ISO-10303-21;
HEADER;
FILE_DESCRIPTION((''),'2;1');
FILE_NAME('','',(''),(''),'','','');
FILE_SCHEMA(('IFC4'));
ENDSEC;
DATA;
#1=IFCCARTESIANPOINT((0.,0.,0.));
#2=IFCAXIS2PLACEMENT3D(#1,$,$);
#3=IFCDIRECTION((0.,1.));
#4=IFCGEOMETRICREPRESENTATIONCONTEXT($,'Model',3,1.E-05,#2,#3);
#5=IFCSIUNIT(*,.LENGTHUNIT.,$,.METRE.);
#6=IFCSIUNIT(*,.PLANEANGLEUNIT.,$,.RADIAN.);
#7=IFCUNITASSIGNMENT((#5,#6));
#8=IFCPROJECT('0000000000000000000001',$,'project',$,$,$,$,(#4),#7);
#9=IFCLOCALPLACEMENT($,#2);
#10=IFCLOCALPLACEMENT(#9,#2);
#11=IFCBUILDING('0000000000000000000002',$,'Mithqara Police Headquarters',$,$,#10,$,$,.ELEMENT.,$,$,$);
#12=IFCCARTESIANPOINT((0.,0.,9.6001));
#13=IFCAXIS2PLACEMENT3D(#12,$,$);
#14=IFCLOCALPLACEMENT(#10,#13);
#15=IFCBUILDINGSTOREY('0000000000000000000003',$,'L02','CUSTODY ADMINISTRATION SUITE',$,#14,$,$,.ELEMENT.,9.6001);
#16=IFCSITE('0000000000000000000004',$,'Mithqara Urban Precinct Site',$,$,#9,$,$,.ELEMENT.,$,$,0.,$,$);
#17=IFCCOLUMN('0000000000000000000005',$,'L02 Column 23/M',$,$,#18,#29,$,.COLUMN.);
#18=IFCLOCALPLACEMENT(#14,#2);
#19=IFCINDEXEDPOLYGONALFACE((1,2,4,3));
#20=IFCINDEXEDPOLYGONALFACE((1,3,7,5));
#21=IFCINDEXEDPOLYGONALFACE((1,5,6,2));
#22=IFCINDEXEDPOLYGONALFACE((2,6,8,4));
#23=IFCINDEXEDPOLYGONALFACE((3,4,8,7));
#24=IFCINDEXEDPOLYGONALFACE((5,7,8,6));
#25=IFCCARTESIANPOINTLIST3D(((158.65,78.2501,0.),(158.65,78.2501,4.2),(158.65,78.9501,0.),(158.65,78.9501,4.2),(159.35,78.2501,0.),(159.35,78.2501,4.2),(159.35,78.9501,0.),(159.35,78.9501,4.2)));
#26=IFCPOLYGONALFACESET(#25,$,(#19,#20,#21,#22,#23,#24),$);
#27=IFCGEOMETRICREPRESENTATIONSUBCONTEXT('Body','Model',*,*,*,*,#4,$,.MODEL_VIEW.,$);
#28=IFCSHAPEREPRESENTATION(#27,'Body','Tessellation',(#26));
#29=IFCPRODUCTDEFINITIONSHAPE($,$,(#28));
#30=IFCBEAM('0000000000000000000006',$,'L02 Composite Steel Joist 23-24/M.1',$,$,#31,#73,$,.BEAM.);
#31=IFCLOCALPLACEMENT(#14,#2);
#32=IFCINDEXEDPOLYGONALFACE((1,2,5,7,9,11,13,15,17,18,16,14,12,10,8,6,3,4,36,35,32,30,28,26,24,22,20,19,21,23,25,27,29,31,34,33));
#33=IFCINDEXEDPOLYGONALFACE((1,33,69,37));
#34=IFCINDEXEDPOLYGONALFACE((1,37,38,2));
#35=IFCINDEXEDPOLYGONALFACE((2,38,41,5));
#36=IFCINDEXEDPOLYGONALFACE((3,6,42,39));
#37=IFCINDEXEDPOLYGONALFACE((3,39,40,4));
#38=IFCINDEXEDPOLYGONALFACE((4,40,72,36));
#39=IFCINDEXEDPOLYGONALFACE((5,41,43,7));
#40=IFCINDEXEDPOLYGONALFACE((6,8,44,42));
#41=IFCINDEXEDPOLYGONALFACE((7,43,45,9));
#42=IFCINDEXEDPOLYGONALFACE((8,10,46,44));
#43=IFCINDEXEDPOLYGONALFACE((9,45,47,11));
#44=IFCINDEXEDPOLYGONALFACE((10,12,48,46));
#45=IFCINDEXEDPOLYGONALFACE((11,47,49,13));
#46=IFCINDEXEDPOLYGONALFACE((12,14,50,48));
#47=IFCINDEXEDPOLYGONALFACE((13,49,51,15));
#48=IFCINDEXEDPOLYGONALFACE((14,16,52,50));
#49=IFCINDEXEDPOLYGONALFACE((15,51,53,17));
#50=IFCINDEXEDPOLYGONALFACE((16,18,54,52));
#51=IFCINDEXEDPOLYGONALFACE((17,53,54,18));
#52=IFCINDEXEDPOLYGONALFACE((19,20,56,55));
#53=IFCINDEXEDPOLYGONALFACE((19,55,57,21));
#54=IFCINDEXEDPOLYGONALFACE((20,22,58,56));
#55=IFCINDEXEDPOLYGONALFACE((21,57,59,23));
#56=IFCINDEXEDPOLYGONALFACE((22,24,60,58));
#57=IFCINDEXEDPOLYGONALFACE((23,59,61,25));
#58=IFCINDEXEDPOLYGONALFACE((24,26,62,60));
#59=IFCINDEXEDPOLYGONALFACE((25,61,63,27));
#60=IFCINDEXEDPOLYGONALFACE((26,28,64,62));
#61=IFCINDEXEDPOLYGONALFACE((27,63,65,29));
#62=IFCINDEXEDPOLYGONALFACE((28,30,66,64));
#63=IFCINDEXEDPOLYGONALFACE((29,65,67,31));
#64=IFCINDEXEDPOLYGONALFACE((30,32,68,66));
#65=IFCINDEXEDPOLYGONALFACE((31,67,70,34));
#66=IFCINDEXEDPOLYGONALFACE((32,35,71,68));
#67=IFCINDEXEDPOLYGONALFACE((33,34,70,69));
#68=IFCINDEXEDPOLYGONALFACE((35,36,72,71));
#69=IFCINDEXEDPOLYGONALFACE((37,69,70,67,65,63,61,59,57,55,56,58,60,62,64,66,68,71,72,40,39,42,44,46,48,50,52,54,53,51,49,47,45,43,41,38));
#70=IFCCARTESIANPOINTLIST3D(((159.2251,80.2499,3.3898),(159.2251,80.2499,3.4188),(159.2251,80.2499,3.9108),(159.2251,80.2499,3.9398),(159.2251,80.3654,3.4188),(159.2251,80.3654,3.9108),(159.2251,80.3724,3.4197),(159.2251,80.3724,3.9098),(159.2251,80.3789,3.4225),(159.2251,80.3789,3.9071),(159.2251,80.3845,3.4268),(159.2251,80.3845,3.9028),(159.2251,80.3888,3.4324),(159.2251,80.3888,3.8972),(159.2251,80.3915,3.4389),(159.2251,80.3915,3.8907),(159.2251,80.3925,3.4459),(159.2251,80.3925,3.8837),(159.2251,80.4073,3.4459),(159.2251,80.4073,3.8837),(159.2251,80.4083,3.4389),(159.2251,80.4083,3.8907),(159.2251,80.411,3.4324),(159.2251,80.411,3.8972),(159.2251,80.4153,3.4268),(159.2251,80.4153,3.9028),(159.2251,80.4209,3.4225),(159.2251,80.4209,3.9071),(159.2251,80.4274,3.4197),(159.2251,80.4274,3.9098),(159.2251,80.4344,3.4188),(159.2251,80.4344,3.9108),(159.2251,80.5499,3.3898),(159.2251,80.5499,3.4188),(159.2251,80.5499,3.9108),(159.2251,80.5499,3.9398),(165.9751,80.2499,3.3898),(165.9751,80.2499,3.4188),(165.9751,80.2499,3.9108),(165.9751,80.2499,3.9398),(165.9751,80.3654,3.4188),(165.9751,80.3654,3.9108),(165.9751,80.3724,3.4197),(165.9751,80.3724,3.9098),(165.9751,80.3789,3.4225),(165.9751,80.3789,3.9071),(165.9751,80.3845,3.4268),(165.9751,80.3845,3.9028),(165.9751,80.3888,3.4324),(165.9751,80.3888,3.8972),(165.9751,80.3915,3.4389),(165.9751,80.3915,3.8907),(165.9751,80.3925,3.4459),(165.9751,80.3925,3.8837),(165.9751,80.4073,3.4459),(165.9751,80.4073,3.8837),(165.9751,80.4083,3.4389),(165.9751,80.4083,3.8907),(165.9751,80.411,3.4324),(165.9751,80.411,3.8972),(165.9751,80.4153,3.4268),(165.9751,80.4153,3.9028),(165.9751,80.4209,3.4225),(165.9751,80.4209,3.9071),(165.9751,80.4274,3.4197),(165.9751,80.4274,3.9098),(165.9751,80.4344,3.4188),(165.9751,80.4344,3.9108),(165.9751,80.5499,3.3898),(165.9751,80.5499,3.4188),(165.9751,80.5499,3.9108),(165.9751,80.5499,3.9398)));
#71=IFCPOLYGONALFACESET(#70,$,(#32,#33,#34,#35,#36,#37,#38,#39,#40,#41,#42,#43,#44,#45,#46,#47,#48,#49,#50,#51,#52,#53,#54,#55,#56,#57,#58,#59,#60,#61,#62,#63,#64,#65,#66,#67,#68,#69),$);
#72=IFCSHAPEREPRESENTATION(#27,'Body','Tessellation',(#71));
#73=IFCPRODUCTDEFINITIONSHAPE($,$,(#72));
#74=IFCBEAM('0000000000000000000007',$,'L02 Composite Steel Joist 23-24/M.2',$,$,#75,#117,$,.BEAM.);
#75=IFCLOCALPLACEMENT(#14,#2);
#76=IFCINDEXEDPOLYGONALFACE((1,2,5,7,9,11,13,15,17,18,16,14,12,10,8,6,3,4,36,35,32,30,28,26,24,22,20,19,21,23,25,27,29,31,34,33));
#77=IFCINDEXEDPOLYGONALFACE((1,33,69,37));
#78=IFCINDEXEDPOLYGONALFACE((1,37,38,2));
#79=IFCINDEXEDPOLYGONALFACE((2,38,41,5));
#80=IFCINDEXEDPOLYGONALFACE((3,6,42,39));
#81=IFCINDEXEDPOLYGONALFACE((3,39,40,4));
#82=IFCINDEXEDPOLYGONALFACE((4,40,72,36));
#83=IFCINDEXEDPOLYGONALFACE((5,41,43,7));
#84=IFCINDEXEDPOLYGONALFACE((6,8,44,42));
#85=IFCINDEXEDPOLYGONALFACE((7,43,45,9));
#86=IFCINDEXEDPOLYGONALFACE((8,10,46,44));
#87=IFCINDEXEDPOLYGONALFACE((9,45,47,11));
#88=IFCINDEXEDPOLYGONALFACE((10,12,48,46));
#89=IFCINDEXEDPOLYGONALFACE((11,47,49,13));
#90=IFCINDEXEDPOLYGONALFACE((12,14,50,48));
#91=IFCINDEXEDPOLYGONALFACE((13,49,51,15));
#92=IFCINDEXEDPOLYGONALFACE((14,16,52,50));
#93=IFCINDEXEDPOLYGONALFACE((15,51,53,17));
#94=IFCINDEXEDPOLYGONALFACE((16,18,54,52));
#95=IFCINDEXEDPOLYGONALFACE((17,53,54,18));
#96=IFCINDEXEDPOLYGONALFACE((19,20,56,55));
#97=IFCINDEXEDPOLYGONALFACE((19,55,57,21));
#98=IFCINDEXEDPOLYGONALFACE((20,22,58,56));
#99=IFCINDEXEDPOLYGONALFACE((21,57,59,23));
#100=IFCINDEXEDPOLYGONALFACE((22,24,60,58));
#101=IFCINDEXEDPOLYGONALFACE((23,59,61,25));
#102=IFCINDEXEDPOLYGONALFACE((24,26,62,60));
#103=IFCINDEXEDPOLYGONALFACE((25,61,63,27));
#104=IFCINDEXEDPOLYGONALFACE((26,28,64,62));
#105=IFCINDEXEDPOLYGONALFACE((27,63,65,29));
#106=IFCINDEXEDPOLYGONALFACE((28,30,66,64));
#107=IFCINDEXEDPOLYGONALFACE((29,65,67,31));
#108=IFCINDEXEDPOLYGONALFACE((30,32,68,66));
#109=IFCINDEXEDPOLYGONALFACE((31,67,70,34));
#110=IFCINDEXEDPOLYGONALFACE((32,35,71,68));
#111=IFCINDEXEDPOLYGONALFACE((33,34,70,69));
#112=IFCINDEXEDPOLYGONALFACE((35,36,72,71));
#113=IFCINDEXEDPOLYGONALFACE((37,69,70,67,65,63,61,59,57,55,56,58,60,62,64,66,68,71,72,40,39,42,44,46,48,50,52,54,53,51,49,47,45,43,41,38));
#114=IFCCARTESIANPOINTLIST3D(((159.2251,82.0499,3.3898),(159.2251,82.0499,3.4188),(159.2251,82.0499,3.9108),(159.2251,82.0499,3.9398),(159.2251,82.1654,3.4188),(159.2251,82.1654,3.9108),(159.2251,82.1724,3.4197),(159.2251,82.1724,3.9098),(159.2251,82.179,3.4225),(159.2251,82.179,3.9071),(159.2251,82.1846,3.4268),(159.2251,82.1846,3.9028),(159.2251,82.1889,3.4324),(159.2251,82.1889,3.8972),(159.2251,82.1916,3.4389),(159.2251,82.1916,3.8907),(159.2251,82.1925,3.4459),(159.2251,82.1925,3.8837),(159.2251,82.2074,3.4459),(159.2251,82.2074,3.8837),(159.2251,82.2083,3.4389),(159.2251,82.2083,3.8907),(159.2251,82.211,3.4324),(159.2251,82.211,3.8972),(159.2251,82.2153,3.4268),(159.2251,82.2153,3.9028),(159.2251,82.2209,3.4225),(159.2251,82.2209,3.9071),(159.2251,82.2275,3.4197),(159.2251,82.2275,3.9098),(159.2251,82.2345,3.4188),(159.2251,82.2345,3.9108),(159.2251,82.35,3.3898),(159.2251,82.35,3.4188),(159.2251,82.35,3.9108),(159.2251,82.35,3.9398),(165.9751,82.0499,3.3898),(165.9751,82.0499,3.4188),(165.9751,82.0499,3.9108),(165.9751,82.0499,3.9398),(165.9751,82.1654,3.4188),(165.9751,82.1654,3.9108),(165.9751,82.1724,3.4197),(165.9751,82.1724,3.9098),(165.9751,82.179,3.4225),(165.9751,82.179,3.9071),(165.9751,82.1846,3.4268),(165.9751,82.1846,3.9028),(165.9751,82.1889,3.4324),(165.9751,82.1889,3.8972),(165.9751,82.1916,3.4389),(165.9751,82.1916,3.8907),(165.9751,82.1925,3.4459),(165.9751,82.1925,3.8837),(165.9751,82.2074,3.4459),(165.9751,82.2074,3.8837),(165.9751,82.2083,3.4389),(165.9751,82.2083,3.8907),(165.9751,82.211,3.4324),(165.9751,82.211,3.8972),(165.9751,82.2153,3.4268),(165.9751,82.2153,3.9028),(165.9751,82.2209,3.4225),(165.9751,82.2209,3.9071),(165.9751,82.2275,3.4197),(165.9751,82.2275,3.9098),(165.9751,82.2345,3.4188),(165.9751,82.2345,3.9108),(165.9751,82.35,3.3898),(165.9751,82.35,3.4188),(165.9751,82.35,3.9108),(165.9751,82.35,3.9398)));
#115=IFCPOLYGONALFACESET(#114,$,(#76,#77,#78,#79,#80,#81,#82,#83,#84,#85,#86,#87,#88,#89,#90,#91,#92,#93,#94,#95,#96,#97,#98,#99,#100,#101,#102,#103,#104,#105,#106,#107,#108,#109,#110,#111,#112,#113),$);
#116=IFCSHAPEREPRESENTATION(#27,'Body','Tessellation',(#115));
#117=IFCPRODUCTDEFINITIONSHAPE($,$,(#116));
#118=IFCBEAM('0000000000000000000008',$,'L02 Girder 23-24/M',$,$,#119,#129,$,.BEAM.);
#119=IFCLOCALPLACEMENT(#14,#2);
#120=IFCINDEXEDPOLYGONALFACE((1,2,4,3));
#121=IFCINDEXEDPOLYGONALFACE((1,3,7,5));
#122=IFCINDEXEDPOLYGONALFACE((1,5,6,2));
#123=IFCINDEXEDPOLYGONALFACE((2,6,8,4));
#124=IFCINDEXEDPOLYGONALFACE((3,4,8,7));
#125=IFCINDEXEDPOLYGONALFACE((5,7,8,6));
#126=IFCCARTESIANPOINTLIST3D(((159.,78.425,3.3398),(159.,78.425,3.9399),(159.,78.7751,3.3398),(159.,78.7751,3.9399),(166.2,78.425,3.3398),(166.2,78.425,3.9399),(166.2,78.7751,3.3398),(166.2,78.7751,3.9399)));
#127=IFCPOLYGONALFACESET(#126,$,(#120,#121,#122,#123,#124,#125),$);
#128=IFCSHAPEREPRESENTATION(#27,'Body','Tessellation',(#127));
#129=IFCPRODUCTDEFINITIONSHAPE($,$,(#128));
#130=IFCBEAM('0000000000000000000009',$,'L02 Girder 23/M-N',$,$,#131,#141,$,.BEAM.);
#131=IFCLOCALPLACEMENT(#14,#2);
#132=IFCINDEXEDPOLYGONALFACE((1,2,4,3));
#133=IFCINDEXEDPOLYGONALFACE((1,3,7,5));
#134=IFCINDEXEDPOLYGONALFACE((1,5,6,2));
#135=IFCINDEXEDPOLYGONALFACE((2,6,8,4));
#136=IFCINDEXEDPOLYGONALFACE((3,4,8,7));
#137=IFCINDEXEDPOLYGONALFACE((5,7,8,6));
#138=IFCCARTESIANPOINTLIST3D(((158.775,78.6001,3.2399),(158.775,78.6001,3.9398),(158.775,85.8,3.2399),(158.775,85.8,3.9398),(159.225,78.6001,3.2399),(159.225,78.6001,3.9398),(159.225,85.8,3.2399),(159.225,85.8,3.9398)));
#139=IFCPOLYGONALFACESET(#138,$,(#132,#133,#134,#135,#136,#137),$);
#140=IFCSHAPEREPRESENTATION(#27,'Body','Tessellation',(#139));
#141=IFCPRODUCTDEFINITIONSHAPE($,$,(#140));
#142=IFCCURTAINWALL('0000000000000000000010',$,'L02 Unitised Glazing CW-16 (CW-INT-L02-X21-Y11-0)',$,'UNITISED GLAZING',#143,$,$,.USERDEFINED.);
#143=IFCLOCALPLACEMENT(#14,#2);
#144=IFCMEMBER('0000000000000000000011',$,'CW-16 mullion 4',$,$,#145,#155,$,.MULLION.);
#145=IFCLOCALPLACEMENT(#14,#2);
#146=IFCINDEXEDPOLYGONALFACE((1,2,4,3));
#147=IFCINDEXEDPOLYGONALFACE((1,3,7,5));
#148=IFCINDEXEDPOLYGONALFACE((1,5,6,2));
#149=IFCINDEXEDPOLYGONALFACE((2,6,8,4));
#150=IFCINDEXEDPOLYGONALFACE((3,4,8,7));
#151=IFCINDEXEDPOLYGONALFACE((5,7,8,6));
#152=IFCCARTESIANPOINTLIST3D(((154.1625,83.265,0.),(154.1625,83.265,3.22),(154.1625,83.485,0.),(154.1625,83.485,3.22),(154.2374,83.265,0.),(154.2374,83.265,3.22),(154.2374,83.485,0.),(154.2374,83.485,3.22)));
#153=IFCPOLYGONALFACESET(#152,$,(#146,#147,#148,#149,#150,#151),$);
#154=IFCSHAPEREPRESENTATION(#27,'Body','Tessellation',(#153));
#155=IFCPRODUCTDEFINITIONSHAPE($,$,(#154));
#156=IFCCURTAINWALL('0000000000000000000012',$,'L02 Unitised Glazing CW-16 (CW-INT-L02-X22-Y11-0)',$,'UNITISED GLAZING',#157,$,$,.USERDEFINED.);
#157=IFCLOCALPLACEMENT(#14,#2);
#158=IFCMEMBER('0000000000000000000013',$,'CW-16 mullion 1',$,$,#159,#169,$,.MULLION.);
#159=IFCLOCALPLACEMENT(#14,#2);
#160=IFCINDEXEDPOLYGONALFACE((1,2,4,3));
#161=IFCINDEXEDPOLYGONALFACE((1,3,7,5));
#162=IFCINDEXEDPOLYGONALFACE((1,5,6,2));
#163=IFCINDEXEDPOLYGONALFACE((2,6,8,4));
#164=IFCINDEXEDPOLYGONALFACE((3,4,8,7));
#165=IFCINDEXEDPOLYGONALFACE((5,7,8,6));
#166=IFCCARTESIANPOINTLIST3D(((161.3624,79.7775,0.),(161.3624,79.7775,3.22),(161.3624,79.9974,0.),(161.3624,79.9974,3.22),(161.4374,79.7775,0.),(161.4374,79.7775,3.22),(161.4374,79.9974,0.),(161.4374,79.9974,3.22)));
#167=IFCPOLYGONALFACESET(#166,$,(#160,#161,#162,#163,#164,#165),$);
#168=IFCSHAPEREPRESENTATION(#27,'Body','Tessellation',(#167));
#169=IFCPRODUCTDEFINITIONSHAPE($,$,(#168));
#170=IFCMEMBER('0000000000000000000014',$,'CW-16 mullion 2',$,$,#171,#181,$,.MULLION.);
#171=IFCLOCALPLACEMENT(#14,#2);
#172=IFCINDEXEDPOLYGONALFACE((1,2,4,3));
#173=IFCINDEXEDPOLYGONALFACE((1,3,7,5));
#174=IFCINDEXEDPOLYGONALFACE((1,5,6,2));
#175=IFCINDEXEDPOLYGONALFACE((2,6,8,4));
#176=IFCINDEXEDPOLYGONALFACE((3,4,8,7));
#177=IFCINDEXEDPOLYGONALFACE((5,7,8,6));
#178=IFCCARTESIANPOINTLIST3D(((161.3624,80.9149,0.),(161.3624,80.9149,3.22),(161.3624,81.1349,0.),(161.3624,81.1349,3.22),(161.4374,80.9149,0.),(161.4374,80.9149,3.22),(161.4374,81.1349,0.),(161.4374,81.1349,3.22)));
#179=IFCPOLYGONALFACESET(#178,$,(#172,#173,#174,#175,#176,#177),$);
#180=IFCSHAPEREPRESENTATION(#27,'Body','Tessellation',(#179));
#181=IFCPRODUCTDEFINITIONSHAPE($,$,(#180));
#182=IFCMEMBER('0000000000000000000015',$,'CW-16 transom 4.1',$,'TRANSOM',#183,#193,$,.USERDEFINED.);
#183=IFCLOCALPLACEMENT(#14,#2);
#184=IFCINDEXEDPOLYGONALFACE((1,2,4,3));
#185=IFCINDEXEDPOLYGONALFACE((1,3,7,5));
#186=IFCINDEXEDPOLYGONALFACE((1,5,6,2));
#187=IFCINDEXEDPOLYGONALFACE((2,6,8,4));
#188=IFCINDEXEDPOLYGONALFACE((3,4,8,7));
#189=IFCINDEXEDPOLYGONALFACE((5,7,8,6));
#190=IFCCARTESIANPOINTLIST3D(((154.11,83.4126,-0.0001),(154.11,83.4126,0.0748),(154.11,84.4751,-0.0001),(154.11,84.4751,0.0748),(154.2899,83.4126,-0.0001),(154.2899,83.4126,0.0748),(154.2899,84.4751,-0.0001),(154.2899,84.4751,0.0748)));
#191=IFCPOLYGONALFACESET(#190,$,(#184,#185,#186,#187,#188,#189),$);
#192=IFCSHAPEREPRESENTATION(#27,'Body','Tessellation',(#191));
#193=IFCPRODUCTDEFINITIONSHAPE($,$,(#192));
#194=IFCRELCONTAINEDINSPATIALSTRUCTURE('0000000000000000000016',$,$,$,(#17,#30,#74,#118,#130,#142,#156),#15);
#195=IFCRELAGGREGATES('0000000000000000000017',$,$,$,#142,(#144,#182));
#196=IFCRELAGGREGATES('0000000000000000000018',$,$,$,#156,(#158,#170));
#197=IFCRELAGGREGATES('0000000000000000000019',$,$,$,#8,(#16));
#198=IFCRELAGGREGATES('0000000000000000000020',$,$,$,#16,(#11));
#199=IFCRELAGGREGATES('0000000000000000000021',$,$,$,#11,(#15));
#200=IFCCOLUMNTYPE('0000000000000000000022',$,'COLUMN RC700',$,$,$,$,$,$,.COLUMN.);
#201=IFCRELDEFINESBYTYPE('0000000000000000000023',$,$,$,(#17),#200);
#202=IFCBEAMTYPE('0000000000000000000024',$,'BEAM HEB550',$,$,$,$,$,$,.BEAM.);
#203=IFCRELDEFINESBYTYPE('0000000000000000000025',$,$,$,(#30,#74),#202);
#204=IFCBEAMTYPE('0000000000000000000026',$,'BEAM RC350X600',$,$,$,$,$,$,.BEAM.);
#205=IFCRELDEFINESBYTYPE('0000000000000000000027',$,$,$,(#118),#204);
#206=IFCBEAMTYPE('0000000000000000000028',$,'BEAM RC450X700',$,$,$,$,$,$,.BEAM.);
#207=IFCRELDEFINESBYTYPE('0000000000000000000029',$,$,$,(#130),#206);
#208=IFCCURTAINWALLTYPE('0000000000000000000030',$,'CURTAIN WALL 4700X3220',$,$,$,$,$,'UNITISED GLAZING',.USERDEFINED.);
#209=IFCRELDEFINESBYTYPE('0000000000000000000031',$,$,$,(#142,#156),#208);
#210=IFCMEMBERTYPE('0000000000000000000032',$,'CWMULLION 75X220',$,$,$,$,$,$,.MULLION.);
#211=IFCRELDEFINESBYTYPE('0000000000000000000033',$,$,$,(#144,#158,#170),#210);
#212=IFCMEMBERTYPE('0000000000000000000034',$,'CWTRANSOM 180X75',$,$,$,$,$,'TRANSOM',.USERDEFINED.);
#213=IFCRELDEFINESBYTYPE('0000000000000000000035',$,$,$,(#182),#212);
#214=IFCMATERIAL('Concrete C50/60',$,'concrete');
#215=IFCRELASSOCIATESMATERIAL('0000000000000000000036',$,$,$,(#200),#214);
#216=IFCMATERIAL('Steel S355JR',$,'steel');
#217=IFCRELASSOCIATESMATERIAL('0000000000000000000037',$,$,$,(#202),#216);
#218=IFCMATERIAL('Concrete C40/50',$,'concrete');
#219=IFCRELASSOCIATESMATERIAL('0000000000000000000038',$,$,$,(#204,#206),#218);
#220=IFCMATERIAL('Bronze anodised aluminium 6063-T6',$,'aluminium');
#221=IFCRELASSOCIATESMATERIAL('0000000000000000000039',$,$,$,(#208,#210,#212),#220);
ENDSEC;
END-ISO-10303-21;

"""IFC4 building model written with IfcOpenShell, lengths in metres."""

from ifc_helpers import new_model, si_unit, direction, frame, origin, origin_2d, place, context, subcontext, project, spatial, rectangle, i_section, extrude, material, material_profile, profile_set, type_object, element, aggregate, save


model = new_model("IFC4")

# Units and contexts
model_context = context("Model", 3, precision=1e-05, world=origin(), true_north=direction((0.0, 1.0)))
body_context = subcontext(model_context, "Body", "Model", "MODEL_VIEW")
ifc_project = project(units=[si_unit("LENGTHUNIT", "METRE"), si_unit("PLANEANGLEUNIT", "RADIAN")], contexts=[model_context])

# Site, building, storey
site_placement = place(None, origin())
site = spatial("IfcSite", under=ifc_project, at=site_placement, Name="Mithqara Urban Precinct Site", CompositionType="ELEMENT", RefElevation=0.0)
building_placement = place(site_placement, origin())
building = spatial("IfcBuilding", under=site, at=building_placement, Name="Mithqara Police Headquarters", CompositionType="ELEMENT")
storey_placement = place(building_placement, frame((0.0, 0.0, 9.6001)))
storey = spatial("IfcBuildingStorey", under=building, at=storey_placement, Name="L02", Description="CUSTODY ADMINISTRATION SUITE", CompositionType="ELEMENT", Elevation=9.6001)

# Column
ifc_material_1 = material(Name="Concrete C50/60", Category="concrete")
ifc_material_profile_1 = material_profile(ifc_material_1, rectangle(XDim=0.7, YDim=0.7, at=origin_2d()), Name="RC 700x700")
ifc_profile_set_1 = profile_set([ifc_material_profile_1], Name="Concrete C50/60")
column_type = type_object("IfcColumnType", Name="COLUMN RC700", PredefinedType="COLUMN", material=ifc_profile_set_1)
column_placement = place(storey_placement, frame((159.0, 78.6001, 0.0), z_axis=(0.0, 0.0, 1.0), x_axis=(1.0, 0.0, 0.0)))
element("IfcColumn", 1, at=column_placement, inside=storey, type_object=column_type, Name="L02 Column 23/M", PredefinedType="COLUMN", context=body_context, shape_type="SweptSolid", body=[
    extrude(rectangle(XDim=0.7, YDim=0.7, at=origin_2d()), origin(), (0.0, 0.0, 1.0), 4.2),
])

# Beams
ifc_material_2 = material(Name="Steel S355JR", Category="steel")
ifc_material_profile_2 = material_profile(ifc_material_2, i_section(OverallWidth=0.3, OverallDepth=0.55, WebThickness=0.0149, FlangeThickness=0.0291, FilletRadius=0.0271, at=origin_2d()), Name="HEB 550")
ifc_profile_set_2 = profile_set([ifc_material_profile_2], Name="Steel S355JR")
beam_type_1 = type_object("IfcBeamType", Name="BEAM HEB550", PredefinedType="BEAM", material=ifc_profile_set_2)
for number, where, z_axis, x_axis, name in (
    (2, (159.2251, 80.3999, 3.6648), (1.0, 0.0, 0.0), (0.0, 1.0, 0.0), "L02 Composite Steel Joist 23-24/M.1"),
    (3, (159.2251, 82.2, 3.6648), (1.0, 0.0, 0.0), (0.0, 1.0, 0.0), "L02 Composite Steel Joist 23-24/M.2"),
):
    element("IfcBeam", number, at=place(storey_placement, frame(where, z_axis=z_axis, x_axis=x_axis)), inside=storey, type_object=beam_type_1, Name=name, PredefinedType="BEAM", context=body_context, shape_type="SweptSolid", body=[
        extrude(i_section(OverallWidth=0.3, OverallDepth=0.55, WebThickness=0.0149, FlangeThickness=0.0291, FilletRadius=0.0271, at=origin_2d()), origin(), (0.0, 0.0, 1.0), 6.75),
    ])
ifc_material_3 = material(Name="Concrete C40/50", Category="concrete")
ifc_material_profile_3 = material_profile(ifc_material_3, rectangle(XDim=0.3501, YDim=0.6001, at=origin_2d()), Name="RC 350x600")
ifc_profile_set_3 = profile_set([ifc_material_profile_3], Name="Concrete C40/50")
beam_type_2 = type_object("IfcBeamType", Name="BEAM RC350X600", PredefinedType="BEAM", material=ifc_profile_set_3)
beam_1_placement = place(storey_placement, frame((159.0, 78.6001, 3.6399), z_axis=(1.0, 0.0, 0.0), x_axis=(0.0, 1.0, 0.0)))
element("IfcBeam", 4, at=beam_1_placement, inside=storey, type_object=beam_type_2, Name="L02 Girder 23-24/M", PredefinedType="BEAM", context=body_context, shape_type="SweptSolid", body=[
    extrude(rectangle(XDim=0.3501, YDim=0.6001, at=origin_2d()), origin(), (0.0, 0.0, 1.0), 7.2),
])
ifc_material_profile_4 = material_profile(ifc_material_3, rectangle(XDim=0.45, YDim=0.7, at=origin_2d()), Name="RC 450x700")
ifc_profile_set_4 = profile_set([ifc_material_profile_4], Name="Concrete C40/50")
beam_type_3 = type_object("IfcBeamType", Name="BEAM RC450X700", PredefinedType="BEAM", material=ifc_profile_set_4)
beam_2_placement = place(storey_placement, frame((159.0, 78.6001, 3.5898), z_axis=(0.0, 1.0, 0.0), x_axis=(-1.0, 0.0, 0.0)))
element("IfcBeam", 5, at=beam_2_placement, inside=storey, type_object=beam_type_3, Name="L02 Girder 23/M-N", PredefinedType="BEAM", context=body_context, shape_type="SweptSolid", body=[
    extrude(rectangle(XDim=0.45, YDim=0.7, at=origin_2d()), origin(), (0.0, 0.0, 1.0), 7.2),
])

# Curtain wall, member
ifc_material_4 = material(Name="Bronze anodised aluminium 6063-T6", Category="aluminium")
curtain_wall_type = type_object("IfcCurtainWallType", Name="CURTAIN WALL 4700X3220", ElementType="UNITISED GLAZING", PredefinedType="USERDEFINED", material=ifc_material_4)
curtain_wall_1_placement = place(storey_placement, origin())
curtain_wall_1 = element("IfcCurtainWall", 6, at=curtain_wall_1_placement, inside=storey, type_object=curtain_wall_type, Name="L02 Unitised Glazing CW-16 (CW-INT-L02-X21-Y11-0)", ObjectType="UNITISED GLAZING", PredefinedType="USERDEFINED")
ifc_material_profile_5 = material_profile(ifc_material_4, rectangle(XDim=0.075, YDim=0.22, at=origin_2d()), Name="CWM 75x220")
ifc_profile_set_5 = profile_set([ifc_material_profile_5], Name="Bronze anodised aluminium 6063-T6")
member_type_1 = type_object("IfcMemberType", Name="CWMULLION 75X220", PredefinedType="MULLION", material=ifc_profile_set_5)
member_1_placement = place(storey_placement, frame((154.2, 83.375, 0.0), z_axis=(0.0, 0.0, 1.0), x_axis=(-1.0, 0.0, 0.0)))
member_1 = element("IfcMember", 7, at=member_1_placement, type_object=member_type_1, Name="CW-16 mullion 4", PredefinedType="MULLION", context=body_context, shape_type="SweptSolid", body=[
    extrude(rectangle(XDim=0.075, YDim=0.22, at=origin_2d()), origin(), (0.0, 0.0, 1.0), 3.22),
])

# Curtain wall, members
curtain_wall_2_placement = place(storey_placement, origin())
curtain_wall_2 = element("IfcCurtainWall", 8, at=curtain_wall_2_placement, inside=storey, type_object=curtain_wall_type, Name="L02 Unitised Glazing CW-16 (CW-INT-L02-X22-Y11-0)", ObjectType="UNITISED GLAZING", PredefinedType="USERDEFINED")
member_2_placement = place(storey_placement, frame((161.3999, 79.8875, 0.0), z_axis=(0.0, 0.0, 1.0), x_axis=(-1.0, 0.0, 0.0)))
member_2 = element("IfcMember", 9, at=member_2_placement, type_object=member_type_1, Name="CW-16 mullion 1", PredefinedType="MULLION", context=body_context, shape_type="SweptSolid", body=[
    extrude(rectangle(XDim=0.075, YDim=0.22, at=origin_2d()), origin(), (0.0, 0.0, 1.0), 3.22),
])
member_3_placement = place(storey_placement, frame((161.3999, 81.0249, 0.0), z_axis=(0.0, 0.0, 1.0), x_axis=(-1.0, 0.0, 0.0)))
member_3 = element("IfcMember", 10, at=member_3_placement, type_object=member_type_1, Name="CW-16 mullion 2", PredefinedType="MULLION", context=body_context, shape_type="SweptSolid", body=[
    extrude(rectangle(XDim=0.075, YDim=0.22, at=origin_2d()), origin(), (0.0, 0.0, 1.0), 3.22),
])

# Member
ifc_material_profile_6 = material_profile(ifc_material_4, rectangle(XDim=0.1799, YDim=0.075, at=origin_2d()), Name="CWT 180x75")
ifc_profile_set_6 = profile_set([ifc_material_profile_6], Name="Bronze anodised aluminium 6063-T6")
member_type_2 = type_object("IfcMemberType", Name="CWTRANSOM 180X75", ElementType="TRANSOM", PredefinedType="USERDEFINED", material=ifc_profile_set_6)
member_4_placement = place(storey_placement, frame((154.2, 83.4126, 0.0374), z_axis=(0.0, 1.0, 0.0), x_axis=(-1.0, 0.0, 0.0)))
member_4 = element("IfcMember", 11, at=member_4_placement, type_object=member_type_2, Name="CW-16 transom 4.1", ObjectType="TRANSOM", PredefinedType="USERDEFINED", context=body_context, shape_type="SweptSolid", body=[
    extrude(rectangle(XDim=0.1799, YDim=0.075, at=origin_2d()), origin(), (0.0, 0.0, 1.0), 1.0625),
])
aggregate(curtain_wall_1, [member_1, member_4])

aggregate(curtain_wall_2, [member_2, member_3])

save(model, "model.ifc")
